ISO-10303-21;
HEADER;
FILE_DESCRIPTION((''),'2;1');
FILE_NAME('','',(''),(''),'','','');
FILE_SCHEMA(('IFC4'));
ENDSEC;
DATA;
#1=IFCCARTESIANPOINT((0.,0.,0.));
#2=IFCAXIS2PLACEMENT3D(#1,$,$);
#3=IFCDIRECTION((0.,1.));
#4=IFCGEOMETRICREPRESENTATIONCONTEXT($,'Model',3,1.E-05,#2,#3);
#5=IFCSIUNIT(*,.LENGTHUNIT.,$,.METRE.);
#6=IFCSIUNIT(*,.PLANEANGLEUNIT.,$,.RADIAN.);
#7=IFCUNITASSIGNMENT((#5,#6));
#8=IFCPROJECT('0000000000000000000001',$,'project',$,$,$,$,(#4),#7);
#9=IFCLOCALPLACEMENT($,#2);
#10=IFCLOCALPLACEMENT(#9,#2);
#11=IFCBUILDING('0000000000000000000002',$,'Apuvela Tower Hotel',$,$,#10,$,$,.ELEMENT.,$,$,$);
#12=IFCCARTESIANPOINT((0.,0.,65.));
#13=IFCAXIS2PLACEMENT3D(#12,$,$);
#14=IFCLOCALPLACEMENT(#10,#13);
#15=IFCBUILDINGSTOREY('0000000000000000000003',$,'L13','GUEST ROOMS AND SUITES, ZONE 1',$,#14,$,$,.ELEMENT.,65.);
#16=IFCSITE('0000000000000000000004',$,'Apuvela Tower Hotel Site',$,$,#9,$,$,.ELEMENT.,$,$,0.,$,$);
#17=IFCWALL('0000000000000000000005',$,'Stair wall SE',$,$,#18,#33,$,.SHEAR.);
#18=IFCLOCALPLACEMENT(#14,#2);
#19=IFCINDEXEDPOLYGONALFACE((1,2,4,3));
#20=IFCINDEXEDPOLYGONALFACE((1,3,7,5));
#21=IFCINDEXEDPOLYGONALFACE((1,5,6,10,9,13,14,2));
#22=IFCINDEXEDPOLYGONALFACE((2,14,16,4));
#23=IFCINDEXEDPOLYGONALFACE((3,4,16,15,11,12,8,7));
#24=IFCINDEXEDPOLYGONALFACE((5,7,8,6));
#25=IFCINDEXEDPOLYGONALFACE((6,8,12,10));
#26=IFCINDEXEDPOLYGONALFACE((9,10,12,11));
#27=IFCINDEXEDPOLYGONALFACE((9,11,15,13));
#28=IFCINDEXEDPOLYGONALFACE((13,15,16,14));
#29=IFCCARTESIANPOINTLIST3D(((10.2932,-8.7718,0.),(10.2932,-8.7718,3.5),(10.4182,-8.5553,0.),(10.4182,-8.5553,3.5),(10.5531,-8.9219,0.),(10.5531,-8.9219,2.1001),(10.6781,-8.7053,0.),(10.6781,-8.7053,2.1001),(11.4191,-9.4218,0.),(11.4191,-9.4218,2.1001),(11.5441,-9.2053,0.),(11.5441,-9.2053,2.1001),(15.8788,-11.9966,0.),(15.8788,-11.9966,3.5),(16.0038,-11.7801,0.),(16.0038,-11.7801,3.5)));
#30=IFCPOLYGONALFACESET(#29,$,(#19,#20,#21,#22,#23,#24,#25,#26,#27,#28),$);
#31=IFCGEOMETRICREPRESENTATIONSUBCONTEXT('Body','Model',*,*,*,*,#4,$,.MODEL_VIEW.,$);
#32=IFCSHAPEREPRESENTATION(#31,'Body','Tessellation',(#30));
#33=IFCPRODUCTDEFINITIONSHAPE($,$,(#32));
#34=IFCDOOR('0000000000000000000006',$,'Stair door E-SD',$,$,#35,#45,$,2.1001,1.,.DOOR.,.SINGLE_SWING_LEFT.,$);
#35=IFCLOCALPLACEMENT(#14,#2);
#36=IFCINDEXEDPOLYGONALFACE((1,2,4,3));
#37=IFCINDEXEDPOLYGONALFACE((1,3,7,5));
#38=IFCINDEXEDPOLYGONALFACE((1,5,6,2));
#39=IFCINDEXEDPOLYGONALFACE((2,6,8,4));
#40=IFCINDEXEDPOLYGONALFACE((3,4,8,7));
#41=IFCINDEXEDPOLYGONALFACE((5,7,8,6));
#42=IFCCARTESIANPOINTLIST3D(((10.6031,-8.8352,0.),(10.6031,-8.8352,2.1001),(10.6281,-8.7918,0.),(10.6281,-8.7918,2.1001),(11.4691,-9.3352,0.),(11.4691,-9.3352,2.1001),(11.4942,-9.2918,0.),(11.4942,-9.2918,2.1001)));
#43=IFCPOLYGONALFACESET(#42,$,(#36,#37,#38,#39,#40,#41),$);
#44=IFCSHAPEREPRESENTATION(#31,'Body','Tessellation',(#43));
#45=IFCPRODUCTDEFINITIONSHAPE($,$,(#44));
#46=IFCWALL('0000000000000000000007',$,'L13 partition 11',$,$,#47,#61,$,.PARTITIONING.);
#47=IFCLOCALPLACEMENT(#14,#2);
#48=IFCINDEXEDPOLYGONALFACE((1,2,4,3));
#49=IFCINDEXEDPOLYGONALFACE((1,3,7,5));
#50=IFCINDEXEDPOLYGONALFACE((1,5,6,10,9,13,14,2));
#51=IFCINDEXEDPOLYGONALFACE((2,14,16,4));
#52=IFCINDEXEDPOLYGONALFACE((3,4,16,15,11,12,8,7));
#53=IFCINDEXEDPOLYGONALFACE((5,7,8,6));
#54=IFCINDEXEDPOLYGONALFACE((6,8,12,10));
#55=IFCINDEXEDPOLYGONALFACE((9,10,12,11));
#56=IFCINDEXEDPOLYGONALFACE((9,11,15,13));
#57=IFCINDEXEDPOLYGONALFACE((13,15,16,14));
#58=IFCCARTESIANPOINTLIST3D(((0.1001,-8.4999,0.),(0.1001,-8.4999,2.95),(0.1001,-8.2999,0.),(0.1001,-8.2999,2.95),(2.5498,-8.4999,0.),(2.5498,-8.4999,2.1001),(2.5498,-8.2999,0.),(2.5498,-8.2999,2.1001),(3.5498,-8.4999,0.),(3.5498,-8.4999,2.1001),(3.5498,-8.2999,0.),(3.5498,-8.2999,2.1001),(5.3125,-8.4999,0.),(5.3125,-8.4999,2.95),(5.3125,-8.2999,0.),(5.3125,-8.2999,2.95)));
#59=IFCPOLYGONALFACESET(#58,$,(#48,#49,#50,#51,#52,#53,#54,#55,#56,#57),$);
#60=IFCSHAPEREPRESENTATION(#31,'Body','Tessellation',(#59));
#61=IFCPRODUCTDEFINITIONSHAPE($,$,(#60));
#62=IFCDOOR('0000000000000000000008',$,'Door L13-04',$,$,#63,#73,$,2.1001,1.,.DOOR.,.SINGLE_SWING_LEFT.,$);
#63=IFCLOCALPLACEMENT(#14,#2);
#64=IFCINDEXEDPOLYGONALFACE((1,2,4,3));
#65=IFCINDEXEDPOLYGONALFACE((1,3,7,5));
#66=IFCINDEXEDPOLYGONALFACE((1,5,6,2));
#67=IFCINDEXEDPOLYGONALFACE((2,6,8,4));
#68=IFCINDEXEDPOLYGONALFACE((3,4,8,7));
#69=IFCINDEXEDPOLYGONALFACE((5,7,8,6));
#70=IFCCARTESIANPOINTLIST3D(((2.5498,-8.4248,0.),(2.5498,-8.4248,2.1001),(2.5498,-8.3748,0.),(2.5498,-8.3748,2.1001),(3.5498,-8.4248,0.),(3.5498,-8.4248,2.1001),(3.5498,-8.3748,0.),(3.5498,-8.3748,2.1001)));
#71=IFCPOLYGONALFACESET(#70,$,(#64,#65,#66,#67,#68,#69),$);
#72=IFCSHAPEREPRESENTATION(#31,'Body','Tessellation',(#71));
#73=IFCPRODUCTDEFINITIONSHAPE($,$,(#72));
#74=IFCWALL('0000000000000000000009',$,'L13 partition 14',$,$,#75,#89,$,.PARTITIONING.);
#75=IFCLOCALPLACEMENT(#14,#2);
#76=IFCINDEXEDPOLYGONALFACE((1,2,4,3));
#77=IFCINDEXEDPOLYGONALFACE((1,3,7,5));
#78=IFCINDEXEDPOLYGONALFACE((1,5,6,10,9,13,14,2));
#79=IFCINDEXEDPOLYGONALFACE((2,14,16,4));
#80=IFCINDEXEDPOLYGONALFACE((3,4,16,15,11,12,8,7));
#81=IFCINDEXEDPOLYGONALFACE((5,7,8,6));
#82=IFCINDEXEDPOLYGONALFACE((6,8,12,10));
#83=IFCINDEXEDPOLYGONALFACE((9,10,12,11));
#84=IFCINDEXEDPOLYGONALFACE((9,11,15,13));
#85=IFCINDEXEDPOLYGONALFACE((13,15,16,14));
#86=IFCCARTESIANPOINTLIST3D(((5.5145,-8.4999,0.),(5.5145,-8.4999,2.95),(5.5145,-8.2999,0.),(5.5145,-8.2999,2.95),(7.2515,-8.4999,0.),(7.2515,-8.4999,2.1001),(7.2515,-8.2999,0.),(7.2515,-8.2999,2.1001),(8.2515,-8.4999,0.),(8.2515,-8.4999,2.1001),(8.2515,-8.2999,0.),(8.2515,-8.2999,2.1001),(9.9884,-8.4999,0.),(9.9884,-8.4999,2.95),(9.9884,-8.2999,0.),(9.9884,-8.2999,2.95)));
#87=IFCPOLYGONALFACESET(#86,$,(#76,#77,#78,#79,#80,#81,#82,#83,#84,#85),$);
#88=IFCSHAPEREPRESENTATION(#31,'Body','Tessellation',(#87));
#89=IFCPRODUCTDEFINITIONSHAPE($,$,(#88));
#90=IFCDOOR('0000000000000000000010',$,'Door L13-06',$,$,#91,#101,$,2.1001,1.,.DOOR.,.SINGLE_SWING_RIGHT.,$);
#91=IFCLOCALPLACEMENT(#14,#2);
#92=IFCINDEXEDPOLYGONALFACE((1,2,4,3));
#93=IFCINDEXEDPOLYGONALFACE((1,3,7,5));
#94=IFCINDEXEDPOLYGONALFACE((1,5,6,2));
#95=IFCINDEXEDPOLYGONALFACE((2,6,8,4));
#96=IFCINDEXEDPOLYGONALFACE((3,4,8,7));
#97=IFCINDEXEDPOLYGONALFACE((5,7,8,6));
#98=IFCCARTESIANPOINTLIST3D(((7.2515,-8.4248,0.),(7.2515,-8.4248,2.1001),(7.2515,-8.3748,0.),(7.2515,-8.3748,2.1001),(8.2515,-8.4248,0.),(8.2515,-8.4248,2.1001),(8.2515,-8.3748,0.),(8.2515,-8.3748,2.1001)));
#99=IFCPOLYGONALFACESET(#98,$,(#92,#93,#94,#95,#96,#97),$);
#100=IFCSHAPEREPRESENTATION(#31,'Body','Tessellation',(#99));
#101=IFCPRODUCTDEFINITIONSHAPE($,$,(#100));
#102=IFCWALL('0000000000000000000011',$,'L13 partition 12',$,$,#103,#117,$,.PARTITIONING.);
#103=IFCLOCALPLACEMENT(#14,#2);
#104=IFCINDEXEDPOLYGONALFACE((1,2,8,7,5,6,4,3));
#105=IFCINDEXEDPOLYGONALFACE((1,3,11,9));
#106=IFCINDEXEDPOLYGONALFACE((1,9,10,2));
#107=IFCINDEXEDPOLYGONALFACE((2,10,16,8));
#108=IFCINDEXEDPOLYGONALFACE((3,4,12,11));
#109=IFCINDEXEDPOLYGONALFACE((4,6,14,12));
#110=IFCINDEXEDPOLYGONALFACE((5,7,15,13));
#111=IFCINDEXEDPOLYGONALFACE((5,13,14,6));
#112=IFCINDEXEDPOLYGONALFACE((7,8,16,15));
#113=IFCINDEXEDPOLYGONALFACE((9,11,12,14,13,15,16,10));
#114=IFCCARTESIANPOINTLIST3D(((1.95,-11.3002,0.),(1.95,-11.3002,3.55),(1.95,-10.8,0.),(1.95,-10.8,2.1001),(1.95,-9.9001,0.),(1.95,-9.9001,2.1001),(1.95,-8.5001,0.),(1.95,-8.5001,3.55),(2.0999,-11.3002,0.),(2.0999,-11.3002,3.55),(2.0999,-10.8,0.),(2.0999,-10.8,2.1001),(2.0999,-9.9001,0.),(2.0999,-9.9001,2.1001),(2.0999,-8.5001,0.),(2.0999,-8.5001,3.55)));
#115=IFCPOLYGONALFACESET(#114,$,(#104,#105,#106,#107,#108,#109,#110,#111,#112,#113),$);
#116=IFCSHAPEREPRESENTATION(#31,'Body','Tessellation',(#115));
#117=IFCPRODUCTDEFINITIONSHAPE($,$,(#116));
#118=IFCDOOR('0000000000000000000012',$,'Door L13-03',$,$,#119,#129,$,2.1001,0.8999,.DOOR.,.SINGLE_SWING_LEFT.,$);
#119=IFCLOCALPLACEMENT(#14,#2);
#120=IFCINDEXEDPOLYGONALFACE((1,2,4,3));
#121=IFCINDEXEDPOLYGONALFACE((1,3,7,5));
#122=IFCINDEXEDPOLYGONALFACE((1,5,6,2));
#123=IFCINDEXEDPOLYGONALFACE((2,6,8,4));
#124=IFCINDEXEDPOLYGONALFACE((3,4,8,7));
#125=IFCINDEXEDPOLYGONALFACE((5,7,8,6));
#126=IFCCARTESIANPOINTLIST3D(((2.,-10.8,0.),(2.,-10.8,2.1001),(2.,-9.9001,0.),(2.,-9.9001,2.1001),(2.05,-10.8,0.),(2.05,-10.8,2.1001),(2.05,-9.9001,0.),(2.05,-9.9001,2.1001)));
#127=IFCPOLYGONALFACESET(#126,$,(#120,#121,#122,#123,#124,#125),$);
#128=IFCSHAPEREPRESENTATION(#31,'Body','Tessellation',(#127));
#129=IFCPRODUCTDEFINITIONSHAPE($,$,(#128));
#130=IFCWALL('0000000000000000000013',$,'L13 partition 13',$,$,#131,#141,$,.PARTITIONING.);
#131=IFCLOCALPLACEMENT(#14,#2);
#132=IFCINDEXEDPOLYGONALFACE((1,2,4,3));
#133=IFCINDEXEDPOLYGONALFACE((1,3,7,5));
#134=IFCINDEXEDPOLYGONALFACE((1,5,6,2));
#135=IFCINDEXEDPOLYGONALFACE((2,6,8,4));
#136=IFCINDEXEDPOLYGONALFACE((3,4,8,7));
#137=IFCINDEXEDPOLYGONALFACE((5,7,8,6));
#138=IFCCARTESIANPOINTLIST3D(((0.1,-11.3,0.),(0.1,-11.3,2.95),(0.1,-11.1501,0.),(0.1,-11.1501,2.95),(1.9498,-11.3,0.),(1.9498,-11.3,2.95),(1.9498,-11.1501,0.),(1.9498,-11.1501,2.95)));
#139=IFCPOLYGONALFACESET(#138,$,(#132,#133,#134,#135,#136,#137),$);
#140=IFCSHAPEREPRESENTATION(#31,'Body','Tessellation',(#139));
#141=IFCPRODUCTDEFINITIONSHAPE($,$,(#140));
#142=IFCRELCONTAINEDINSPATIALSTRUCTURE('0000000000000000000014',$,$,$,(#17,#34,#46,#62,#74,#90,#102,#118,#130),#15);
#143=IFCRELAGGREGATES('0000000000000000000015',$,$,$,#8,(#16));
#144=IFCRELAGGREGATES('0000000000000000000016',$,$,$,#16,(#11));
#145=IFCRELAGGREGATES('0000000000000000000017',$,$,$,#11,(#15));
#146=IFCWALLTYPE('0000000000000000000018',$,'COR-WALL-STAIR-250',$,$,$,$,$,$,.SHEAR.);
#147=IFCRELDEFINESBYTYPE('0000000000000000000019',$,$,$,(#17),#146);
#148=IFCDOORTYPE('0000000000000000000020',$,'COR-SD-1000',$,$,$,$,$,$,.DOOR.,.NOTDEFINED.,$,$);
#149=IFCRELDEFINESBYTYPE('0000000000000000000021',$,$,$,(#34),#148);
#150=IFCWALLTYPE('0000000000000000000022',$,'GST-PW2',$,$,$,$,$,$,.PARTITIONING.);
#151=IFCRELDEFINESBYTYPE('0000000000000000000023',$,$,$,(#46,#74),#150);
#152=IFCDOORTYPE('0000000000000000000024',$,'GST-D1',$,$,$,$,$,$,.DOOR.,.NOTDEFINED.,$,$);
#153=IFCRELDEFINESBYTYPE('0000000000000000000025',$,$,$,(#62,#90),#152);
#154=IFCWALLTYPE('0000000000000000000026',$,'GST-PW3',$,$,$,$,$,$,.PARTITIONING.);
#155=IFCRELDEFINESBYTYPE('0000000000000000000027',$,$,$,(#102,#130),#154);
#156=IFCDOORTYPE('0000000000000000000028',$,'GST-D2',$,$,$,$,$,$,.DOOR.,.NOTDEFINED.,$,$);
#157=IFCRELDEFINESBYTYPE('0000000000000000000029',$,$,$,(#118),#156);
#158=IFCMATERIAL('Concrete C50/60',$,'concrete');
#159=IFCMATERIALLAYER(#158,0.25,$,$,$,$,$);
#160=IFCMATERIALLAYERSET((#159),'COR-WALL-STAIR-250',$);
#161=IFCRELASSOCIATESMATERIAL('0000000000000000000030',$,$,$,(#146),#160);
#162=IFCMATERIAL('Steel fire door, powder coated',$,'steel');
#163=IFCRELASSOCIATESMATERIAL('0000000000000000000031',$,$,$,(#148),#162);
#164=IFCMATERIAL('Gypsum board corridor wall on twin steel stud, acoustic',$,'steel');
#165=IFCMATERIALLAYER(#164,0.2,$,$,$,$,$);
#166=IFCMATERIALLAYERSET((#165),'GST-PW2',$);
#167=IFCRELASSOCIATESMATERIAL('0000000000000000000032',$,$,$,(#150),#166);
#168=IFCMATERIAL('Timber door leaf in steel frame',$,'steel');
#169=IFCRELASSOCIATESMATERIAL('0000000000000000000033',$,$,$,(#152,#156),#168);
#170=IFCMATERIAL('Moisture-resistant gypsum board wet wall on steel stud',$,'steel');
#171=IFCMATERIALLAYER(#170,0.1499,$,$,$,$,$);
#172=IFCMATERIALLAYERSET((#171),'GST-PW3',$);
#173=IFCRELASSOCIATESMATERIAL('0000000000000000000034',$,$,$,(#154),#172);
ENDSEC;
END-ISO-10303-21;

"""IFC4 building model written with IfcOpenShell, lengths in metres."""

from ifc_helpers import new_model, si_unit, direction, frame, frame_2d, origin, place, context, subcontext, project, spatial, rectangle, extrude, material, layer, layer_set, type_object, element, fill, save


model = new_model("IFC4")

# Units and contexts
model_context = context("Model", 3, precision=1e-05, world=origin(), true_north=direction((0.0, 1.0)))
body_context = subcontext(model_context, "Body", "Model", "MODEL_VIEW")
ifc_project = project(units=[si_unit("LENGTHUNIT", "METRE"), si_unit("PLANEANGLEUNIT", "RADIAN")], contexts=[model_context])

# Site, building, storey
site_placement = place(None, origin())
site = spatial("IfcSite", under=ifc_project, at=site_placement, Name="Apuvela Tower Hotel Site", CompositionType="ELEMENT", RefElevation=0.0)
building_placement = place(site_placement, origin())
building = spatial("IfcBuilding", under=site, at=building_placement, Name="Apuvela Tower Hotel", CompositionType="ELEMENT")
storey_placement = place(building_placement, frame((0.0, 0.0, 65.0)))
storey = spatial("IfcBuildingStorey", under=building, at=storey_placement, Name="L13", Description="GUEST ROOMS AND SUITES, ZONE 1", CompositionType="ELEMENT", Elevation=65.0)

# Shared definitions
ifc_material_1 = material(Name="Concrete C50/60", Category="concrete")
ifc_material_2 = material(Name="Steel fire door, powder coated", Category="steel")

# Walls, openings, doors
ifc_layer_1 = layer(ifc_material_1, 0.25)
ifc_layer_set_1 = layer_set([ifc_layer_1], Name="COR-WALL-STAIR-250")
wall_type_1 = type_object("IfcWallType", Name="COR-WALL-STAIR-250", PredefinedType="SHEAR", material=ifc_layer_set_1)
wall_1_placement = place(storey_placement, frame((10.3557, -8.6636, 0.0), z_axis=(0.0, 0.0, 1.0), x_axis=(0.866029, -0.499994, 0.0)))
wall_1 = element("IfcWall", 1, at=wall_1_placement, inside=storey, type_object=wall_type_1, Name="Stair wall SE", PredefinedType="SHEAR", context=body_context, shape_type="SweptSolid", body=[
    extrude(rectangle(XDim=6.4497, YDim=0.25, at=frame_2d((3.2249, 0.0))), origin(), (0.0, 0.0, 1.0), 3.5),
])
opening_1_placement = place(wall_1_placement, frame((0.3, 0.0, 0.0)))
opening_1 = element("IfcOpeningElement", 2, at=opening_1_placement, cuts=wall_1, PredefinedType="OPENING", context=body_context, shape_type="SweptSolid", body=[
    extrude(rectangle(XDim=1.0, YDim=2.1001, at=frame_2d((0.5, 1.05))), frame((0.0, 0.135, 0.0), z_axis=(0.0, -1.0, 0.0), x_axis=(1.0, 0.0, 0.0)), (0.0, 0.0, 1.0), 0.27),
])
door_type_1 = type_object("IfcDoorType", Name="COR-SD-1000", OperationType="NOTDEFINED", PredefinedType="DOOR", material=ifc_material_2)
door_1_placement = place(opening_1_placement, frame((1.0, 0.0, 0.0), z_axis=(0.0, 0.0, 1.0), x_axis=(-1.0, 0.0, 0.0)))
door_1 = element("IfcDoor", 3, at=door_1_placement, inside=storey, type_object=door_type_1, Name="Stair door E-SD", OperationType="SINGLE_SWING_LEFT", OverallHeight=2.1001, OverallWidth=1.0, PredefinedType="DOOR", context=body_context, shape_type="SweptSolid", body=[
    extrude(rectangle(XDim=1.0, YDim=2.1001, at=frame_2d((0.5, 1.05))), frame((0.0, 0.0249, 0.0), z_axis=(0.0, -1.0, 0.0), x_axis=(1.0, 0.0, 0.0)), (0.0, 0.0, 1.0), 0.05),
])
fill(opening_1, door_1)
ifc_material_3 = material(Name="Gypsum board corridor wall on twin steel stud, acoustic", Category="steel")
ifc_layer_2 = layer(ifc_material_3, 0.2)
ifc_layer_set_2 = layer_set([ifc_layer_2], Name="GST-PW2")
wall_type_2 = type_object("IfcWallType", Name="GST-PW2", PredefinedType="PARTITIONING", material=ifc_layer_set_2)
wall_2_placement = place(storey_placement, frame((5.3125, -8.3999, 0.0), z_axis=(0.0, 0.0, 1.0), x_axis=(-1.0, 0.0, 0.0)))
wall_2 = element("IfcWall", 4, at=wall_2_placement, inside=storey, type_object=wall_type_2, Name="L13 partition 11", PredefinedType="PARTITIONING", context=body_context, shape_type="SweptSolid", body=[
    extrude(rectangle(XDim=5.2124, YDim=0.2, at=frame_2d((2.6062, 0.0))), origin(), (0.0, 0.0, 1.0), 2.95),
])
opening_2_placement = place(wall_2_placement, frame((1.7627, 0.0, 0.0)))
opening_2 = element("IfcOpeningElement", 5, at=opening_2_placement, cuts=wall_2, PredefinedType="OPENING", context=body_context, shape_type="SweptSolid", body=[
    extrude(rectangle(XDim=1.0, YDim=2.1001, at=frame_2d((0.5, 1.05))), frame((0.0, 0.1099, 0.0), z_axis=(0.0, -1.0, 0.0), x_axis=(1.0, 0.0, 0.0)), (0.0, 0.0, 1.0), 0.22),
])
ifc_material_4 = material(Name="Timber door leaf in steel frame", Category="steel")
door_type_2 = type_object("IfcDoorType", Name="GST-D1", OperationType="NOTDEFINED", PredefinedType="DOOR", material=ifc_material_4)
door_2_placement = place(opening_2_placement, origin())
door_2 = element("IfcDoor", 6, at=door_2_placement, inside=storey, type_object=door_type_2, Name="Door L13-04", OperationType="SINGLE_SWING_LEFT", OverallHeight=2.1001, OverallWidth=1.0, PredefinedType="DOOR", context=body_context, shape_type="SweptSolid", body=[
    extrude(rectangle(XDim=1.0, YDim=2.1001, at=frame_2d((0.5, 1.05))), frame((0.0, 0.0249, 0.0), z_axis=(0.0, -1.0, 0.0), x_axis=(1.0, 0.0, 0.0)), (0.0, 0.0, 1.0), 0.05),
])
fill(opening_2, door_2)
wall_3_placement = place(storey_placement, frame((9.9883, -8.3999, 0.0), z_axis=(0.0, 0.0, 1.0), x_axis=(-1.0, 0.0, 0.0)))
wall_3 = element("IfcWall", 7, at=wall_3_placement, inside=storey, type_object=wall_type_2, Name="L13 partition 14", PredefinedType="PARTITIONING", context=body_context, shape_type="SweptSolid", body=[
    extrude(rectangle(XDim=4.4739, YDim=0.2, at=frame_2d((2.2368, 0.0))), origin(), (0.0, 0.0, 1.0), 2.95),
])
opening_3_placement = place(wall_3_placement, frame((1.7368, 0.0, 0.0)))
opening_3 = element("IfcOpeningElement", 8, at=opening_3_placement, cuts=wall_3, PredefinedType="OPENING", context=body_context, shape_type="SweptSolid", body=[
    extrude(rectangle(XDim=1.0, YDim=2.1001, at=frame_2d((0.5, 1.05))), frame((0.0, 0.1099, 0.0), z_axis=(0.0, -1.0, 0.0), x_axis=(1.0, 0.0, 0.0)), (0.0, 0.0, 1.0), 0.22),
])
door_3_placement = place(opening_3_placement, origin())
door_3 = element("IfcDoor", 9, at=door_3_placement, inside=storey, type_object=door_type_2, Name="Door L13-06", OperationType="SINGLE_SWING_RIGHT", OverallHeight=2.1001, OverallWidth=1.0, PredefinedType="DOOR", context=body_context, shape_type="SweptSolid", body=[
    extrude(rectangle(XDim=1.0, YDim=2.1001, at=frame_2d((0.5, 1.05))), frame((0.0, 0.0249, 0.0), z_axis=(0.0, -1.0, 0.0), x_axis=(1.0, 0.0, 0.0)), (0.0, 0.0, 1.0), 0.05),
])
fill(opening_3, door_3)
ifc_material_5 = material(Name="Moisture-resistant gypsum board wet wall on steel stud", Category="steel")
ifc_layer_3 = layer(ifc_material_5, 0.1499)
ifc_layer_set_3 = layer_set([ifc_layer_3], Name="GST-PW3")
wall_type_3 = type_object("IfcWallType", Name="GST-PW3", PredefinedType="PARTITIONING", material=ifc_layer_set_3)
wall_4_placement = place(storey_placement, frame((2.0249, -11.3, 0.0), z_axis=(0.0, 0.0, 1.0), x_axis=(0.0, 1.0, 0.0)))
wall_4 = element("IfcWall", 10, at=wall_4_placement, inside=storey, type_object=wall_type_3, Name="L13 partition 12", PredefinedType="PARTITIONING", context=body_context, shape_type="SweptSolid", body=[
    extrude(rectangle(XDim=2.8, YDim=0.1499, at=frame_2d((1.3999, 0.0))), origin(), (0.0, 0.0, 1.0), 3.55),
])
opening_4_placement = place(wall_4_placement, frame((0.5, 0.0, 0.0)))
opening_4 = element("IfcOpeningElement", 11, at=opening_4_placement, cuts=wall_4, PredefinedType="OPENING", context=body_context, shape_type="SweptSolid", body=[
    extrude(rectangle(XDim=0.8999, YDim=2.1001, at=frame_2d((0.45, 1.05))), frame((0.0, 0.085, 0.0), z_axis=(0.0, -1.0, 0.0), x_axis=(1.0, 0.0, 0.0)), (0.0, 0.0, 1.0), 0.1699),
])
door_type_3 = type_object("IfcDoorType", Name="GST-D2", OperationType="NOTDEFINED", PredefinedType="DOOR", material=ifc_material_4)
door_4_placement = place(opening_4_placement, origin())
door_4 = element("IfcDoor", 12, at=door_4_placement, inside=storey, type_object=door_type_3, Name="Door L13-03", OperationType="SINGLE_SWING_LEFT", OverallHeight=2.1001, OverallWidth=0.8999, PredefinedType="DOOR", context=body_context, shape_type="SweptSolid", body=[
    extrude(rectangle(XDim=0.8999, YDim=2.1001, at=frame_2d((0.45, 1.05))), frame((0.0, 0.0249, 0.0), z_axis=(0.0, -1.0, 0.0), x_axis=(1.0, 0.0, 0.0)), (0.0, 0.0, 1.0), 0.05),
])
fill(opening_4, door_4)

# Wall
wall_5_placement = place(storey_placement, frame((0.1001, -11.2251, 0.0), z_axis=(0.0, 0.0, 1.0), x_axis=(1.0, 0.0, 0.0)))
element("IfcWall", 13, at=wall_5_placement, inside=storey, type_object=wall_type_3, Name="L13 partition 13", PredefinedType="PARTITIONING", context=body_context, shape_type="SweptSolid", body=[
    extrude(rectangle(XDim=1.8499, YDim=0.1499, at=frame_2d((0.9248, 0.0))), origin(), (0.0, 0.0, 1.0), 2.95),
])

save(model, "model.ifc")
